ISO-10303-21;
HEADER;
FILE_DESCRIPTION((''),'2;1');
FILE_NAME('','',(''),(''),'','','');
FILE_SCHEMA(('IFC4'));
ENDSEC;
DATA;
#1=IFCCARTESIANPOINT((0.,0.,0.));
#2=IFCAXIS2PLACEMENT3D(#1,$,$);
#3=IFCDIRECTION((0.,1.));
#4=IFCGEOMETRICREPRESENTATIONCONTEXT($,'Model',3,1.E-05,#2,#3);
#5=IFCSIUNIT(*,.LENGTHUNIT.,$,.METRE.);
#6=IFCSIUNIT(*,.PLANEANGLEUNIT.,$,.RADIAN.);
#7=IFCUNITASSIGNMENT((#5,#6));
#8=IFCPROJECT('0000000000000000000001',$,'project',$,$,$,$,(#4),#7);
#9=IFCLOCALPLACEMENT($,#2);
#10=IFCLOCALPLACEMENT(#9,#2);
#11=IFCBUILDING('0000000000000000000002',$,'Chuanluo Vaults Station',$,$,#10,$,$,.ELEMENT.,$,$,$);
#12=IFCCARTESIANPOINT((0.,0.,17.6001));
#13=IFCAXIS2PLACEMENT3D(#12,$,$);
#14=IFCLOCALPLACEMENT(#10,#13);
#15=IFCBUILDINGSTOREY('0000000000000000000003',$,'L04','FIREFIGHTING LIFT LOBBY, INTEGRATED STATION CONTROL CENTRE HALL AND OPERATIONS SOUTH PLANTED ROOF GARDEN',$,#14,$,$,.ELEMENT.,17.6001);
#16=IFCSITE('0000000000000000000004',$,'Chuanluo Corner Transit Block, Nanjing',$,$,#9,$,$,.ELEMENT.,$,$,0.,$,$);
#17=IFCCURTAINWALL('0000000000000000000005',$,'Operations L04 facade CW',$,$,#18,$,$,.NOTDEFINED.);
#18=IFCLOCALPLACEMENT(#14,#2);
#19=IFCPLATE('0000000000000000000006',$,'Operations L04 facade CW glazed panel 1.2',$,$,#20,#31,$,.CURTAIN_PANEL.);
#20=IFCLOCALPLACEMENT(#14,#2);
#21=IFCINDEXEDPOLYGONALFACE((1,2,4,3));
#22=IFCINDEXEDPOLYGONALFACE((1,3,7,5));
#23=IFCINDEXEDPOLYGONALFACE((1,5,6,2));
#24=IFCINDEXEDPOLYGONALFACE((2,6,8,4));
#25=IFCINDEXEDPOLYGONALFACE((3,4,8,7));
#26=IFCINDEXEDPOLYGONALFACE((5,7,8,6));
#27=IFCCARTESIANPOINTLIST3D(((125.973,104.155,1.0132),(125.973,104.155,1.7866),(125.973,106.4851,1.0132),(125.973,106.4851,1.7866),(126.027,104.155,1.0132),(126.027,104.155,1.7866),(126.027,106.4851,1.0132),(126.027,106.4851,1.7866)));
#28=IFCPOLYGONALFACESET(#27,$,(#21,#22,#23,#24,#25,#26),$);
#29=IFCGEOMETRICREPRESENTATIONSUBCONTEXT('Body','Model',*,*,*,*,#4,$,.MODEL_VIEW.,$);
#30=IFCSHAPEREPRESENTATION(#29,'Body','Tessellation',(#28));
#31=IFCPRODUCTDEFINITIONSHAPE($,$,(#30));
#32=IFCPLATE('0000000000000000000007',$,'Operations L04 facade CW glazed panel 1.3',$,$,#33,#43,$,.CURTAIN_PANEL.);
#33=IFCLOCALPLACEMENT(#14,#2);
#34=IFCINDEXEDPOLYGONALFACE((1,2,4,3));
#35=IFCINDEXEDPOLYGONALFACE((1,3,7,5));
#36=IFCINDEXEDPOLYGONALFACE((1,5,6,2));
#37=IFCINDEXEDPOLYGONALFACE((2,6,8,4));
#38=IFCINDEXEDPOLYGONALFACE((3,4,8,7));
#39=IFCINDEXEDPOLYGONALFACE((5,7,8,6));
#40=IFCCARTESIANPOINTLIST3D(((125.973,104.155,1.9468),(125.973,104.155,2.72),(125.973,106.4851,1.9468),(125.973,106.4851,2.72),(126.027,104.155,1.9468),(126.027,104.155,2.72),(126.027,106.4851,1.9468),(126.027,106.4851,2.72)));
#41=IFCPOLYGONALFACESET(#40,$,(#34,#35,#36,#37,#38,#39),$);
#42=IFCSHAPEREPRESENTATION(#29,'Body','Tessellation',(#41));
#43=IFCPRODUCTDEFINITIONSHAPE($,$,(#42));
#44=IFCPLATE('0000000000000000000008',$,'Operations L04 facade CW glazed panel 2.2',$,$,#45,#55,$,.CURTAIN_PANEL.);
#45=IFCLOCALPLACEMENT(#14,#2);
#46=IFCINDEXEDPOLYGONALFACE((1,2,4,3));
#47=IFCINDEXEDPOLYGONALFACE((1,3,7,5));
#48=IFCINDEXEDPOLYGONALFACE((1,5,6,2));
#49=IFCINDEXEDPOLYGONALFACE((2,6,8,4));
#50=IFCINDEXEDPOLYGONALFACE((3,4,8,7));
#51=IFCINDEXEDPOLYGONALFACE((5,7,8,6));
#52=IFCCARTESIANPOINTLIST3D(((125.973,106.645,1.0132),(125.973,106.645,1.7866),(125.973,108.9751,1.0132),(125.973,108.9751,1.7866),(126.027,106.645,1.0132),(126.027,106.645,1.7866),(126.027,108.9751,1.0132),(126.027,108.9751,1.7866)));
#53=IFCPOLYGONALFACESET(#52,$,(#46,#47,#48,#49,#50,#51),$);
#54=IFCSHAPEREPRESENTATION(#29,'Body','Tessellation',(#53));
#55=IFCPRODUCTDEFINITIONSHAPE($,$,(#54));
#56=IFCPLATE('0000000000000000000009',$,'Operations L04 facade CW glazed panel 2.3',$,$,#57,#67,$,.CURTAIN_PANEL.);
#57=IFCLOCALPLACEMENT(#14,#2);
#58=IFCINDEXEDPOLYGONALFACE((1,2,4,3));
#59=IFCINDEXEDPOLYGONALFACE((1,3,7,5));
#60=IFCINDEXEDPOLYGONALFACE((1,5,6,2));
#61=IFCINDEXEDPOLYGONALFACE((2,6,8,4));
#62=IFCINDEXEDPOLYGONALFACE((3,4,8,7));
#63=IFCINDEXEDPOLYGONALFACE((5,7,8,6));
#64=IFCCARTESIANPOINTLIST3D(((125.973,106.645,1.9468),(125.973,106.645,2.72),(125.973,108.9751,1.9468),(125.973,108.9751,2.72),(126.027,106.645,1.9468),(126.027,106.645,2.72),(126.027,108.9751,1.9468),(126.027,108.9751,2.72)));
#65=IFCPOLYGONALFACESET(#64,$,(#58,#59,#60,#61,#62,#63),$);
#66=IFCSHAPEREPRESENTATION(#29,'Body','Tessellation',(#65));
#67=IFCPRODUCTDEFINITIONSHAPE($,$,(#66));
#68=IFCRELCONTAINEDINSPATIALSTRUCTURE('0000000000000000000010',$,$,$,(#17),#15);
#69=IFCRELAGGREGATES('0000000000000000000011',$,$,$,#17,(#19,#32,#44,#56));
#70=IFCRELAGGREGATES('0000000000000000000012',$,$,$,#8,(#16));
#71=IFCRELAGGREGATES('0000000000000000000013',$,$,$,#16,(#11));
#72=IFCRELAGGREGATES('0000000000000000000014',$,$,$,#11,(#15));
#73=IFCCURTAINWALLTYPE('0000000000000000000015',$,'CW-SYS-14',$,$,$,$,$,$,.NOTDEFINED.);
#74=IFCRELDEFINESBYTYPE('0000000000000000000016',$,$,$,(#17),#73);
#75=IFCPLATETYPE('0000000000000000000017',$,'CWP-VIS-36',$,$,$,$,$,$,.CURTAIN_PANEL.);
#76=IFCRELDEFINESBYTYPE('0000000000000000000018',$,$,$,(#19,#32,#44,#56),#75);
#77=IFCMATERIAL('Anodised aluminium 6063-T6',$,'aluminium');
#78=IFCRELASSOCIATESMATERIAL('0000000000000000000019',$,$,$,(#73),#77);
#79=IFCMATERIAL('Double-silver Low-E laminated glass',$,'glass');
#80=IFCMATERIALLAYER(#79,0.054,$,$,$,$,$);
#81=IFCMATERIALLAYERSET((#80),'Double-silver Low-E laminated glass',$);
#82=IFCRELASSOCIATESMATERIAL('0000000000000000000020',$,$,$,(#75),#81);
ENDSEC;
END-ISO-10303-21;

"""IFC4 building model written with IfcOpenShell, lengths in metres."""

from ifc_helpers import new_model, si_unit, direction, frame, origin, origin_2d, place, context, subcontext, project, spatial, rectangle, extrude, material, layer, layer_set, type_object, element, aggregate, save


model = new_model("IFC4")

# Units and contexts
model_context = context("Model", 3, precision=1e-05, world=origin(), true_north=direction((0.0, 1.0)))
body_context = subcontext(model_context, "Body", "Model", "MODEL_VIEW")
ifc_project = project(units=[si_unit("LENGTHUNIT", "METRE"), si_unit("PLANEANGLEUNIT", "RADIAN")], contexts=[model_context])

# Site, building, storey
site_placement = place(None, origin())
site = spatial("IfcSite", under=ifc_project, at=site_placement, Name="Chuanluo Corner Transit Block, Nanjing", CompositionType="ELEMENT", RefElevation=0.0)
building_placement = place(site_placement, origin())
building = spatial("IfcBuilding", under=site, at=building_placement, Name="Chuanluo Vaults Station", CompositionType="ELEMENT")
storey_placement = place(building_placement, frame((0.0, 0.0, 17.6001)))
storey = spatial("IfcBuildingStorey", under=building, at=storey_placement, Name="L04", Description="FIREFIGHTING LIFT LOBBY, INTEGRATED STATION CONTROL CENTRE HALL AND OPERATIONS SOUTH PLANTED ROOF GARDEN", CompositionType="ELEMENT", Elevation=17.6001)

# Curtain wall, plates
ifc_material_1 = material(Name="Anodised aluminium 6063-T6", Category="aluminium")
curtain_wall_type = type_object("IfcCurtainWallType", Name="CW-SYS-14", PredefinedType="NOTDEFINED", material=ifc_material_1)
curtain_wall_placement = place(storey_placement, origin())
curtain_wall = element("IfcCurtainWall", 1, at=curtain_wall_placement, inside=storey, type_object=curtain_wall_type, Name="Operations L04 facade CW", PredefinedType="NOTDEFINED")
ifc_material_2 = material(Name="Double-silver Low-E laminated glass", Category="glass")
ifc_layer_1 = layer(ifc_material_2, 0.054)
ifc_layer_set_1 = layer_set([ifc_layer_1], Name="Double-silver Low-E laminated glass")
plate_type_1 = type_object("IfcPlateType", Name="CWP-VIS-36", PredefinedType="CURTAIN_PANEL", material=ifc_layer_set_1)
plate_1_placement = place(storey_placement, frame((126.0, 105.3201, 1.0132), z_axis=(0.0, 0.0, 1.0), x_axis=(0.0, 1.0, 0.0)))
plate_1 = element("IfcPlate", 2, at=plate_1_placement, type_object=plate_type_1, Name="Operations L04 facade CW glazed panel 1.2", PredefinedType="CURTAIN_PANEL", context=body_context, shape_type="SweptSolid", body=[
    extrude(rectangle(XDim=2.3301, YDim=0.054, at=origin_2d()), origin(), (0.0, 0.0, 1.0), 0.7734),
])
plate_2_placement = place(storey_placement, frame((126.0, 105.3201, 1.9468), z_axis=(0.0, 0.0, 1.0), x_axis=(0.0, 1.0, 0.0)))
plate_2 = element("IfcPlate", 3, at=plate_2_placement, type_object=plate_type_1, Name="Operations L04 facade CW glazed panel 1.3", PredefinedType="CURTAIN_PANEL", context=body_context, shape_type="SweptSolid", body=[
    extrude(rectangle(XDim=2.3301, YDim=0.054, at=origin_2d()), origin(), (0.0, 0.0, 1.0), 0.7732),
])
plate_3_placement = place(storey_placement, frame((126.0, 107.8101, 1.0132), z_axis=(0.0, 0.0, 1.0), x_axis=(0.0, 1.0, 0.0)))
plate_3 = element("IfcPlate", 4, at=plate_3_placement, type_object=plate_type_1, Name="Operations L04 facade CW glazed panel 2.2", PredefinedType="CURTAIN_PANEL", context=body_context, shape_type="SweptSolid", body=[
    extrude(rectangle(XDim=2.3301, YDim=0.054, at=origin_2d()), origin(), (0.0, 0.0, 1.0), 0.7734),
])
plate_4_placement = place(storey_placement, frame((126.0, 107.8101, 1.9468), z_axis=(0.0, 0.0, 1.0), x_axis=(0.0, 1.0, 0.0)))
plate_4 = element("IfcPlate", 5, at=plate_4_placement, type_object=plate_type_1, Name="Operations L04 facade CW glazed panel 2.3", PredefinedType="CURTAIN_PANEL", context=body_context, shape_type="SweptSolid", body=[
    extrude(rectangle(XDim=2.3301, YDim=0.054, at=origin_2d()), origin(), (0.0, 0.0, 1.0), 0.7732),
])
aggregate(curtain_wall, [plate_1, plate_2, plate_3, plate_4])

save(model, "model.ifc")
